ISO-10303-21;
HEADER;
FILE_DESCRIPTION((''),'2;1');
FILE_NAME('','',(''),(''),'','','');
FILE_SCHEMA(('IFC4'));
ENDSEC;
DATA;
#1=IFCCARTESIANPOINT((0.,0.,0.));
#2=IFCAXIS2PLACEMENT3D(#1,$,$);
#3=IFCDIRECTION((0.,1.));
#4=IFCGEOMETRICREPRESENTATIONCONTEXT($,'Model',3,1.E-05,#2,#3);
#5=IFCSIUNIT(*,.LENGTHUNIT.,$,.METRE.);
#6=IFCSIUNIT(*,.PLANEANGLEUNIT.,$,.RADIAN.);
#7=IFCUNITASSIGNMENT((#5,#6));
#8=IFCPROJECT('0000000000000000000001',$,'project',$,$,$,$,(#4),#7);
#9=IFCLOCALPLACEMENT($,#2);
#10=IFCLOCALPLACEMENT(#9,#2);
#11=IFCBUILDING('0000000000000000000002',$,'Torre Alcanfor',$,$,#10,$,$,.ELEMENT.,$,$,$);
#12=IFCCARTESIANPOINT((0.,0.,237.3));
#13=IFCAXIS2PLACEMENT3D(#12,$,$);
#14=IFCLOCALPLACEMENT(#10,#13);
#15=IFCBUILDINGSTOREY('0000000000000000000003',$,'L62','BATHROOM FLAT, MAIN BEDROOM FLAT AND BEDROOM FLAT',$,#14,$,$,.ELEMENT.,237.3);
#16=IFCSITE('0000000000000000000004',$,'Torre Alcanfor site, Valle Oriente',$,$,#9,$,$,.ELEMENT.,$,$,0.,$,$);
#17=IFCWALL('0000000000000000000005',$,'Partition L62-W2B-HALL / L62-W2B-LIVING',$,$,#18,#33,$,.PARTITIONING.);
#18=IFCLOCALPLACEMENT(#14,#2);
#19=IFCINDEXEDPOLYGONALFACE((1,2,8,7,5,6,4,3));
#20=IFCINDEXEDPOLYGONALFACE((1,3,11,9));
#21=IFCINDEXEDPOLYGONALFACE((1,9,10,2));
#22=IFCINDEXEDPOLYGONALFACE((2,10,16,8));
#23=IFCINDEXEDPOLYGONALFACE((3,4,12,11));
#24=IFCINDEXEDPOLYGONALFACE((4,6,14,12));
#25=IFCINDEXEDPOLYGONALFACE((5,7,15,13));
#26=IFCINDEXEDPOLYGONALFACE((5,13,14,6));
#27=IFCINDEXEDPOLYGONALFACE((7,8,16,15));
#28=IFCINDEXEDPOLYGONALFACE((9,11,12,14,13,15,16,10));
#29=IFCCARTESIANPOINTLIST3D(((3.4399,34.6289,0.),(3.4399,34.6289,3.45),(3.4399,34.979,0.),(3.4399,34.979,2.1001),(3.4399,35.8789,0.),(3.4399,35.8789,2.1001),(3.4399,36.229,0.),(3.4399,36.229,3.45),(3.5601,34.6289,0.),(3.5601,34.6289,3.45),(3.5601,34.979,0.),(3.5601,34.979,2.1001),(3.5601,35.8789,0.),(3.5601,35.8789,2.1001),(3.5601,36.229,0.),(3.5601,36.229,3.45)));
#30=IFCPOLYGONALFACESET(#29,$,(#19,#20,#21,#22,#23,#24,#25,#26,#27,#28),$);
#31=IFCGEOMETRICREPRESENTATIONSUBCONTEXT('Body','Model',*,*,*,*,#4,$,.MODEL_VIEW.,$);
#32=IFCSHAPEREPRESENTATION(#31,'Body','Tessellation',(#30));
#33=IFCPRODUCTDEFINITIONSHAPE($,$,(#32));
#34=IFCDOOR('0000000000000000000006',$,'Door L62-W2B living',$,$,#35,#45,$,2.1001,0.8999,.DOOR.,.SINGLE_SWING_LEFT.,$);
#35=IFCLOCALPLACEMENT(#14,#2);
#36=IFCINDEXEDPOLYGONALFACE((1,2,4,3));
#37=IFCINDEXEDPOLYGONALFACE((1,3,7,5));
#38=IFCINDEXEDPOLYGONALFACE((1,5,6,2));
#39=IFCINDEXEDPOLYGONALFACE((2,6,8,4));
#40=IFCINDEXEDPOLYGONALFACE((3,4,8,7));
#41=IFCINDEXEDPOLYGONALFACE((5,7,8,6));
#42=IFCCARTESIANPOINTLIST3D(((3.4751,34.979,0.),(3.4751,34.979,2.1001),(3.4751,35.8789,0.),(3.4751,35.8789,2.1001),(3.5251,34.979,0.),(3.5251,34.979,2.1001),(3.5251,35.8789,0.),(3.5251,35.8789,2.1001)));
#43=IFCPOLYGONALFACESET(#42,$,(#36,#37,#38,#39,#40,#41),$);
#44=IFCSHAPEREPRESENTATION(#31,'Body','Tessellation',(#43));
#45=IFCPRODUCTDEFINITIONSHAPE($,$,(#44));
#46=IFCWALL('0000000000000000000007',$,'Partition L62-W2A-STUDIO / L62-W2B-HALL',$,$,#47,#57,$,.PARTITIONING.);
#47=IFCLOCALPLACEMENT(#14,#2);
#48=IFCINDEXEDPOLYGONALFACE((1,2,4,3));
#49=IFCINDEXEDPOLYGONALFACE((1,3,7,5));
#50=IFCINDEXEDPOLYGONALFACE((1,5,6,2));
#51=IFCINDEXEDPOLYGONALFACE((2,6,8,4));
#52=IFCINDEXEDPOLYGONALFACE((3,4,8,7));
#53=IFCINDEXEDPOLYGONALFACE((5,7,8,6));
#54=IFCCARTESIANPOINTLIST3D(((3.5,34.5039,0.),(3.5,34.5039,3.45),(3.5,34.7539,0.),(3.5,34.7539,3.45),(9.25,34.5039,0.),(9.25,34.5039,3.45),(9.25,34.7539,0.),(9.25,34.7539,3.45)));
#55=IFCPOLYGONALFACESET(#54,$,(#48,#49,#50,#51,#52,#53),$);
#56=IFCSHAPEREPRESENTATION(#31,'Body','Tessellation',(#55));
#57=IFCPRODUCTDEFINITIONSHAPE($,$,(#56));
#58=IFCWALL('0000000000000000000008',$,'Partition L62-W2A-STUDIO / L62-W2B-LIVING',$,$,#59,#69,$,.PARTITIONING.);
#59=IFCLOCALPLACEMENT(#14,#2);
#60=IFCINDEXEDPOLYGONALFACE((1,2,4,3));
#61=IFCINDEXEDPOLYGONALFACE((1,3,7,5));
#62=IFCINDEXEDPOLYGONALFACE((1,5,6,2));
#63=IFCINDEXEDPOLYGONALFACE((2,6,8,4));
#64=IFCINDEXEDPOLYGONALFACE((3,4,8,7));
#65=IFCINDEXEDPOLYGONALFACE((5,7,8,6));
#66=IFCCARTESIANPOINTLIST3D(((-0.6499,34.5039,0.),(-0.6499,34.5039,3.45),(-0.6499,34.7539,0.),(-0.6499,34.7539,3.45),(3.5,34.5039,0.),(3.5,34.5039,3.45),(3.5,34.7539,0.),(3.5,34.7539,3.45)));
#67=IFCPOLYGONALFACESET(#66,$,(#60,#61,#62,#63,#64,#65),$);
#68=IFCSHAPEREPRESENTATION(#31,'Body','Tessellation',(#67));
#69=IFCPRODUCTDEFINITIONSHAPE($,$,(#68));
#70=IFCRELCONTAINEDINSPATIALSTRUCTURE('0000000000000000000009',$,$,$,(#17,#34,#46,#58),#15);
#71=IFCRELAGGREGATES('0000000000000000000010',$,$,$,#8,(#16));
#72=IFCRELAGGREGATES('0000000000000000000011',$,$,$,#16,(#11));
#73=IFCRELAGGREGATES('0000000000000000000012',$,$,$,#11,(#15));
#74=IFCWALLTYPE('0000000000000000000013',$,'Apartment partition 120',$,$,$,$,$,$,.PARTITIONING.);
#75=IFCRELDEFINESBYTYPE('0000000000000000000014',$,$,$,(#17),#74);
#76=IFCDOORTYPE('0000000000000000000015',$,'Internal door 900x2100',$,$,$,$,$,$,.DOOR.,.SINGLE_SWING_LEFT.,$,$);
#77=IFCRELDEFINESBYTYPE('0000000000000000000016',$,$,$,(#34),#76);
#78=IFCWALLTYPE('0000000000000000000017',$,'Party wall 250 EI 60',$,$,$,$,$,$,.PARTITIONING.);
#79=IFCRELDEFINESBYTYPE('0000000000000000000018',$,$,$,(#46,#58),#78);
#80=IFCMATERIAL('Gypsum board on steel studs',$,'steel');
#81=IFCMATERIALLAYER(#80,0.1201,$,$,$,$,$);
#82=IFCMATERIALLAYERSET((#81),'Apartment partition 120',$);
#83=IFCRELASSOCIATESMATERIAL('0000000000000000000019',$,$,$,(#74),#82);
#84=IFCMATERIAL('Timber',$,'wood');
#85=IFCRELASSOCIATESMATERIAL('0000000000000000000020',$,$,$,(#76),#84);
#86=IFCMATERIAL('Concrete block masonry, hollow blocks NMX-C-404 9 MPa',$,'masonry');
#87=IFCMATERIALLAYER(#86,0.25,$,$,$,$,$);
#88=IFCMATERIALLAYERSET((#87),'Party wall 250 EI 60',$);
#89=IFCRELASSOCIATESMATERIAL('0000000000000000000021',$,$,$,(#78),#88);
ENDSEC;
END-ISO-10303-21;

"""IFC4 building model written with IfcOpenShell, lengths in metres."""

from ifc_helpers import new_model, si_unit, direction, frame, frame_2d, origin, place, context, subcontext, project, spatial, rectangle, extrude, material, layer, layer_set, type_object, element, fill, save


model = new_model("IFC4")

# Units and contexts
model_context = context("Model", 3, precision=1e-05, world=origin(), true_north=direction((0.0, 1.0)))
body_context = subcontext(model_context, "Body", "Model", "MODEL_VIEW")
ifc_project = project(units=[si_unit("LENGTHUNIT", "METRE"), si_unit("PLANEANGLEUNIT", "RADIAN")], contexts=[model_context])

# Site, building, storey
site_placement = place(None, origin())
site = spatial("IfcSite", under=ifc_project, at=site_placement, Name="Torre Alcanfor site, Valle Oriente", CompositionType="ELEMENT", RefElevation=0.0)
building_placement = place(site_placement, origin())
building = spatial("IfcBuilding", under=site, at=building_placement, Name="Torre Alcanfor", CompositionType="ELEMENT")
storey_placement = place(building_placement, frame((0.0, 0.0, 237.3)))
storey = spatial("IfcBuildingStorey", under=building, at=storey_placement, Name="L62", Description="BATHROOM FLAT, MAIN BEDROOM FLAT AND BEDROOM FLAT", CompositionType="ELEMENT", Elevation=237.3)

# Shared definitions
ifc_material_1 = material(Name="Gypsum board on steel studs", Category="steel")
ifc_layer_1 = layer(ifc_material_1, 0.1201)
ifc_layer_set_1 = layer_set([ifc_layer_1], Name="Apartment partition 120")
wall_type_1 = type_object("IfcWallType", Name="Apartment partition 120", PredefinedType="PARTITIONING", material=ifc_layer_set_1)

# Wall, opening, door
wall_1_placement = place(storey_placement, frame((3.5, 34.6289, 0.0), z_axis=(0.0, 0.0, 1.0), x_axis=(0.0, 1.0, 0.0)))
wall_1 = element("IfcWall", 1, at=wall_1_placement, inside=storey, type_object=wall_type_1, Name="Partition L62-W2B-HALL / L62-W2B-LIVING", PredefinedType="PARTITIONING", context=body_context, shape_type="SweptSolid", body=[
    extrude(rectangle(XDim=1.6001, YDim=0.1201, at=frame_2d((0.8, 0.0))), origin(), (0.0, 0.0, 1.0), 3.45),
])
opening_placement = place(wall_1_placement, frame((0.3501, 0.0, 0.0)))
opening = element("IfcOpeningElement", 2, at=opening_placement, cuts=wall_1, PredefinedType="OPENING", context=body_context, shape_type="SweptSolid", body=[
    extrude(rectangle(XDim=0.8999, YDim=2.1001, at=frame_2d((0.45, 1.05))), frame((0.0, 0.0701, 0.0), z_axis=(0.0, -1.0, 0.0), x_axis=(1.0, 0.0, 0.0)), (0.0, 0.0, 1.0), 0.1401),
])
ifc_material_2 = material(Name="Timber", Category="wood")
door_type = type_object("IfcDoorType", Name="Internal door 900x2100", OperationType="SINGLE_SWING_LEFT", PredefinedType="DOOR", material=ifc_material_2)
door_placement = place(opening_placement, origin())
door = element("IfcDoor", 3, at=door_placement, inside=storey, type_object=door_type, Name="Door L62-W2B living", OperationType="SINGLE_SWING_LEFT", OverallHeight=2.1001, OverallWidth=0.8999, PredefinedType="DOOR", context=body_context, shape_type="SweptSolid", body=[
    extrude(rectangle(XDim=0.8999, YDim=2.1001, at=frame_2d((0.45, 1.05))), frame((0.0, 0.0249, 0.0), z_axis=(0.0, -1.0, 0.0), x_axis=(1.0, 0.0, 0.0)), (0.0, 0.0, 1.0), 0.05),
])
fill(opening, door)

# Walls
ifc_material_3 = material(Name="Concrete block masonry, hollow blocks NMX-C-404 9 MPa", Category="masonry")
ifc_layer_2 = layer(ifc_material_3, 0.25)
ifc_layer_set_2 = layer_set([ifc_layer_2], Name="Party wall 250 EI 60")
wall_type_2 = type_object("IfcWallType", Name="Party wall 250 EI 60", PredefinedType="PARTITIONING", material=ifc_layer_set_2)
wall_2_placement = place(storey_placement, frame((3.5, 34.6289, 0.0), z_axis=(0.0, 0.0, 1.0), x_axis=(1.0, 0.0, 0.0)))
element("IfcWall", 4, at=wall_2_placement, inside=storey, type_object=wall_type_2, Name="Partition L62-W2A-STUDIO / L62-W2B-HALL", PredefinedType="PARTITIONING", context=body_context, shape_type="SweptSolid", body=[
    extrude(rectangle(XDim=5.75, YDim=0.25, at=frame_2d((2.875, 0.0))), origin(), (0.0, 0.0, 1.0), 3.45),
])
wall_3_placement = place(storey_placement, frame((-0.6499, 34.6289, 0.0), z_axis=(0.0, 0.0, 1.0), x_axis=(1.0, 0.0, 0.0)))
element("IfcWall", 5, at=wall_3_placement, inside=storey, type_object=wall_type_2, Name="Partition L62-W2A-STUDIO / L62-W2B-LIVING", PredefinedType="PARTITIONING", context=body_context, shape_type="SweptSolid", body=[
    extrude(rectangle(XDim=4.1499, YDim=0.25, at=frame_2d((2.075, 0.0))), origin(), (0.0, 0.0, 1.0), 3.45),
])

save(model, "model.ifc")
